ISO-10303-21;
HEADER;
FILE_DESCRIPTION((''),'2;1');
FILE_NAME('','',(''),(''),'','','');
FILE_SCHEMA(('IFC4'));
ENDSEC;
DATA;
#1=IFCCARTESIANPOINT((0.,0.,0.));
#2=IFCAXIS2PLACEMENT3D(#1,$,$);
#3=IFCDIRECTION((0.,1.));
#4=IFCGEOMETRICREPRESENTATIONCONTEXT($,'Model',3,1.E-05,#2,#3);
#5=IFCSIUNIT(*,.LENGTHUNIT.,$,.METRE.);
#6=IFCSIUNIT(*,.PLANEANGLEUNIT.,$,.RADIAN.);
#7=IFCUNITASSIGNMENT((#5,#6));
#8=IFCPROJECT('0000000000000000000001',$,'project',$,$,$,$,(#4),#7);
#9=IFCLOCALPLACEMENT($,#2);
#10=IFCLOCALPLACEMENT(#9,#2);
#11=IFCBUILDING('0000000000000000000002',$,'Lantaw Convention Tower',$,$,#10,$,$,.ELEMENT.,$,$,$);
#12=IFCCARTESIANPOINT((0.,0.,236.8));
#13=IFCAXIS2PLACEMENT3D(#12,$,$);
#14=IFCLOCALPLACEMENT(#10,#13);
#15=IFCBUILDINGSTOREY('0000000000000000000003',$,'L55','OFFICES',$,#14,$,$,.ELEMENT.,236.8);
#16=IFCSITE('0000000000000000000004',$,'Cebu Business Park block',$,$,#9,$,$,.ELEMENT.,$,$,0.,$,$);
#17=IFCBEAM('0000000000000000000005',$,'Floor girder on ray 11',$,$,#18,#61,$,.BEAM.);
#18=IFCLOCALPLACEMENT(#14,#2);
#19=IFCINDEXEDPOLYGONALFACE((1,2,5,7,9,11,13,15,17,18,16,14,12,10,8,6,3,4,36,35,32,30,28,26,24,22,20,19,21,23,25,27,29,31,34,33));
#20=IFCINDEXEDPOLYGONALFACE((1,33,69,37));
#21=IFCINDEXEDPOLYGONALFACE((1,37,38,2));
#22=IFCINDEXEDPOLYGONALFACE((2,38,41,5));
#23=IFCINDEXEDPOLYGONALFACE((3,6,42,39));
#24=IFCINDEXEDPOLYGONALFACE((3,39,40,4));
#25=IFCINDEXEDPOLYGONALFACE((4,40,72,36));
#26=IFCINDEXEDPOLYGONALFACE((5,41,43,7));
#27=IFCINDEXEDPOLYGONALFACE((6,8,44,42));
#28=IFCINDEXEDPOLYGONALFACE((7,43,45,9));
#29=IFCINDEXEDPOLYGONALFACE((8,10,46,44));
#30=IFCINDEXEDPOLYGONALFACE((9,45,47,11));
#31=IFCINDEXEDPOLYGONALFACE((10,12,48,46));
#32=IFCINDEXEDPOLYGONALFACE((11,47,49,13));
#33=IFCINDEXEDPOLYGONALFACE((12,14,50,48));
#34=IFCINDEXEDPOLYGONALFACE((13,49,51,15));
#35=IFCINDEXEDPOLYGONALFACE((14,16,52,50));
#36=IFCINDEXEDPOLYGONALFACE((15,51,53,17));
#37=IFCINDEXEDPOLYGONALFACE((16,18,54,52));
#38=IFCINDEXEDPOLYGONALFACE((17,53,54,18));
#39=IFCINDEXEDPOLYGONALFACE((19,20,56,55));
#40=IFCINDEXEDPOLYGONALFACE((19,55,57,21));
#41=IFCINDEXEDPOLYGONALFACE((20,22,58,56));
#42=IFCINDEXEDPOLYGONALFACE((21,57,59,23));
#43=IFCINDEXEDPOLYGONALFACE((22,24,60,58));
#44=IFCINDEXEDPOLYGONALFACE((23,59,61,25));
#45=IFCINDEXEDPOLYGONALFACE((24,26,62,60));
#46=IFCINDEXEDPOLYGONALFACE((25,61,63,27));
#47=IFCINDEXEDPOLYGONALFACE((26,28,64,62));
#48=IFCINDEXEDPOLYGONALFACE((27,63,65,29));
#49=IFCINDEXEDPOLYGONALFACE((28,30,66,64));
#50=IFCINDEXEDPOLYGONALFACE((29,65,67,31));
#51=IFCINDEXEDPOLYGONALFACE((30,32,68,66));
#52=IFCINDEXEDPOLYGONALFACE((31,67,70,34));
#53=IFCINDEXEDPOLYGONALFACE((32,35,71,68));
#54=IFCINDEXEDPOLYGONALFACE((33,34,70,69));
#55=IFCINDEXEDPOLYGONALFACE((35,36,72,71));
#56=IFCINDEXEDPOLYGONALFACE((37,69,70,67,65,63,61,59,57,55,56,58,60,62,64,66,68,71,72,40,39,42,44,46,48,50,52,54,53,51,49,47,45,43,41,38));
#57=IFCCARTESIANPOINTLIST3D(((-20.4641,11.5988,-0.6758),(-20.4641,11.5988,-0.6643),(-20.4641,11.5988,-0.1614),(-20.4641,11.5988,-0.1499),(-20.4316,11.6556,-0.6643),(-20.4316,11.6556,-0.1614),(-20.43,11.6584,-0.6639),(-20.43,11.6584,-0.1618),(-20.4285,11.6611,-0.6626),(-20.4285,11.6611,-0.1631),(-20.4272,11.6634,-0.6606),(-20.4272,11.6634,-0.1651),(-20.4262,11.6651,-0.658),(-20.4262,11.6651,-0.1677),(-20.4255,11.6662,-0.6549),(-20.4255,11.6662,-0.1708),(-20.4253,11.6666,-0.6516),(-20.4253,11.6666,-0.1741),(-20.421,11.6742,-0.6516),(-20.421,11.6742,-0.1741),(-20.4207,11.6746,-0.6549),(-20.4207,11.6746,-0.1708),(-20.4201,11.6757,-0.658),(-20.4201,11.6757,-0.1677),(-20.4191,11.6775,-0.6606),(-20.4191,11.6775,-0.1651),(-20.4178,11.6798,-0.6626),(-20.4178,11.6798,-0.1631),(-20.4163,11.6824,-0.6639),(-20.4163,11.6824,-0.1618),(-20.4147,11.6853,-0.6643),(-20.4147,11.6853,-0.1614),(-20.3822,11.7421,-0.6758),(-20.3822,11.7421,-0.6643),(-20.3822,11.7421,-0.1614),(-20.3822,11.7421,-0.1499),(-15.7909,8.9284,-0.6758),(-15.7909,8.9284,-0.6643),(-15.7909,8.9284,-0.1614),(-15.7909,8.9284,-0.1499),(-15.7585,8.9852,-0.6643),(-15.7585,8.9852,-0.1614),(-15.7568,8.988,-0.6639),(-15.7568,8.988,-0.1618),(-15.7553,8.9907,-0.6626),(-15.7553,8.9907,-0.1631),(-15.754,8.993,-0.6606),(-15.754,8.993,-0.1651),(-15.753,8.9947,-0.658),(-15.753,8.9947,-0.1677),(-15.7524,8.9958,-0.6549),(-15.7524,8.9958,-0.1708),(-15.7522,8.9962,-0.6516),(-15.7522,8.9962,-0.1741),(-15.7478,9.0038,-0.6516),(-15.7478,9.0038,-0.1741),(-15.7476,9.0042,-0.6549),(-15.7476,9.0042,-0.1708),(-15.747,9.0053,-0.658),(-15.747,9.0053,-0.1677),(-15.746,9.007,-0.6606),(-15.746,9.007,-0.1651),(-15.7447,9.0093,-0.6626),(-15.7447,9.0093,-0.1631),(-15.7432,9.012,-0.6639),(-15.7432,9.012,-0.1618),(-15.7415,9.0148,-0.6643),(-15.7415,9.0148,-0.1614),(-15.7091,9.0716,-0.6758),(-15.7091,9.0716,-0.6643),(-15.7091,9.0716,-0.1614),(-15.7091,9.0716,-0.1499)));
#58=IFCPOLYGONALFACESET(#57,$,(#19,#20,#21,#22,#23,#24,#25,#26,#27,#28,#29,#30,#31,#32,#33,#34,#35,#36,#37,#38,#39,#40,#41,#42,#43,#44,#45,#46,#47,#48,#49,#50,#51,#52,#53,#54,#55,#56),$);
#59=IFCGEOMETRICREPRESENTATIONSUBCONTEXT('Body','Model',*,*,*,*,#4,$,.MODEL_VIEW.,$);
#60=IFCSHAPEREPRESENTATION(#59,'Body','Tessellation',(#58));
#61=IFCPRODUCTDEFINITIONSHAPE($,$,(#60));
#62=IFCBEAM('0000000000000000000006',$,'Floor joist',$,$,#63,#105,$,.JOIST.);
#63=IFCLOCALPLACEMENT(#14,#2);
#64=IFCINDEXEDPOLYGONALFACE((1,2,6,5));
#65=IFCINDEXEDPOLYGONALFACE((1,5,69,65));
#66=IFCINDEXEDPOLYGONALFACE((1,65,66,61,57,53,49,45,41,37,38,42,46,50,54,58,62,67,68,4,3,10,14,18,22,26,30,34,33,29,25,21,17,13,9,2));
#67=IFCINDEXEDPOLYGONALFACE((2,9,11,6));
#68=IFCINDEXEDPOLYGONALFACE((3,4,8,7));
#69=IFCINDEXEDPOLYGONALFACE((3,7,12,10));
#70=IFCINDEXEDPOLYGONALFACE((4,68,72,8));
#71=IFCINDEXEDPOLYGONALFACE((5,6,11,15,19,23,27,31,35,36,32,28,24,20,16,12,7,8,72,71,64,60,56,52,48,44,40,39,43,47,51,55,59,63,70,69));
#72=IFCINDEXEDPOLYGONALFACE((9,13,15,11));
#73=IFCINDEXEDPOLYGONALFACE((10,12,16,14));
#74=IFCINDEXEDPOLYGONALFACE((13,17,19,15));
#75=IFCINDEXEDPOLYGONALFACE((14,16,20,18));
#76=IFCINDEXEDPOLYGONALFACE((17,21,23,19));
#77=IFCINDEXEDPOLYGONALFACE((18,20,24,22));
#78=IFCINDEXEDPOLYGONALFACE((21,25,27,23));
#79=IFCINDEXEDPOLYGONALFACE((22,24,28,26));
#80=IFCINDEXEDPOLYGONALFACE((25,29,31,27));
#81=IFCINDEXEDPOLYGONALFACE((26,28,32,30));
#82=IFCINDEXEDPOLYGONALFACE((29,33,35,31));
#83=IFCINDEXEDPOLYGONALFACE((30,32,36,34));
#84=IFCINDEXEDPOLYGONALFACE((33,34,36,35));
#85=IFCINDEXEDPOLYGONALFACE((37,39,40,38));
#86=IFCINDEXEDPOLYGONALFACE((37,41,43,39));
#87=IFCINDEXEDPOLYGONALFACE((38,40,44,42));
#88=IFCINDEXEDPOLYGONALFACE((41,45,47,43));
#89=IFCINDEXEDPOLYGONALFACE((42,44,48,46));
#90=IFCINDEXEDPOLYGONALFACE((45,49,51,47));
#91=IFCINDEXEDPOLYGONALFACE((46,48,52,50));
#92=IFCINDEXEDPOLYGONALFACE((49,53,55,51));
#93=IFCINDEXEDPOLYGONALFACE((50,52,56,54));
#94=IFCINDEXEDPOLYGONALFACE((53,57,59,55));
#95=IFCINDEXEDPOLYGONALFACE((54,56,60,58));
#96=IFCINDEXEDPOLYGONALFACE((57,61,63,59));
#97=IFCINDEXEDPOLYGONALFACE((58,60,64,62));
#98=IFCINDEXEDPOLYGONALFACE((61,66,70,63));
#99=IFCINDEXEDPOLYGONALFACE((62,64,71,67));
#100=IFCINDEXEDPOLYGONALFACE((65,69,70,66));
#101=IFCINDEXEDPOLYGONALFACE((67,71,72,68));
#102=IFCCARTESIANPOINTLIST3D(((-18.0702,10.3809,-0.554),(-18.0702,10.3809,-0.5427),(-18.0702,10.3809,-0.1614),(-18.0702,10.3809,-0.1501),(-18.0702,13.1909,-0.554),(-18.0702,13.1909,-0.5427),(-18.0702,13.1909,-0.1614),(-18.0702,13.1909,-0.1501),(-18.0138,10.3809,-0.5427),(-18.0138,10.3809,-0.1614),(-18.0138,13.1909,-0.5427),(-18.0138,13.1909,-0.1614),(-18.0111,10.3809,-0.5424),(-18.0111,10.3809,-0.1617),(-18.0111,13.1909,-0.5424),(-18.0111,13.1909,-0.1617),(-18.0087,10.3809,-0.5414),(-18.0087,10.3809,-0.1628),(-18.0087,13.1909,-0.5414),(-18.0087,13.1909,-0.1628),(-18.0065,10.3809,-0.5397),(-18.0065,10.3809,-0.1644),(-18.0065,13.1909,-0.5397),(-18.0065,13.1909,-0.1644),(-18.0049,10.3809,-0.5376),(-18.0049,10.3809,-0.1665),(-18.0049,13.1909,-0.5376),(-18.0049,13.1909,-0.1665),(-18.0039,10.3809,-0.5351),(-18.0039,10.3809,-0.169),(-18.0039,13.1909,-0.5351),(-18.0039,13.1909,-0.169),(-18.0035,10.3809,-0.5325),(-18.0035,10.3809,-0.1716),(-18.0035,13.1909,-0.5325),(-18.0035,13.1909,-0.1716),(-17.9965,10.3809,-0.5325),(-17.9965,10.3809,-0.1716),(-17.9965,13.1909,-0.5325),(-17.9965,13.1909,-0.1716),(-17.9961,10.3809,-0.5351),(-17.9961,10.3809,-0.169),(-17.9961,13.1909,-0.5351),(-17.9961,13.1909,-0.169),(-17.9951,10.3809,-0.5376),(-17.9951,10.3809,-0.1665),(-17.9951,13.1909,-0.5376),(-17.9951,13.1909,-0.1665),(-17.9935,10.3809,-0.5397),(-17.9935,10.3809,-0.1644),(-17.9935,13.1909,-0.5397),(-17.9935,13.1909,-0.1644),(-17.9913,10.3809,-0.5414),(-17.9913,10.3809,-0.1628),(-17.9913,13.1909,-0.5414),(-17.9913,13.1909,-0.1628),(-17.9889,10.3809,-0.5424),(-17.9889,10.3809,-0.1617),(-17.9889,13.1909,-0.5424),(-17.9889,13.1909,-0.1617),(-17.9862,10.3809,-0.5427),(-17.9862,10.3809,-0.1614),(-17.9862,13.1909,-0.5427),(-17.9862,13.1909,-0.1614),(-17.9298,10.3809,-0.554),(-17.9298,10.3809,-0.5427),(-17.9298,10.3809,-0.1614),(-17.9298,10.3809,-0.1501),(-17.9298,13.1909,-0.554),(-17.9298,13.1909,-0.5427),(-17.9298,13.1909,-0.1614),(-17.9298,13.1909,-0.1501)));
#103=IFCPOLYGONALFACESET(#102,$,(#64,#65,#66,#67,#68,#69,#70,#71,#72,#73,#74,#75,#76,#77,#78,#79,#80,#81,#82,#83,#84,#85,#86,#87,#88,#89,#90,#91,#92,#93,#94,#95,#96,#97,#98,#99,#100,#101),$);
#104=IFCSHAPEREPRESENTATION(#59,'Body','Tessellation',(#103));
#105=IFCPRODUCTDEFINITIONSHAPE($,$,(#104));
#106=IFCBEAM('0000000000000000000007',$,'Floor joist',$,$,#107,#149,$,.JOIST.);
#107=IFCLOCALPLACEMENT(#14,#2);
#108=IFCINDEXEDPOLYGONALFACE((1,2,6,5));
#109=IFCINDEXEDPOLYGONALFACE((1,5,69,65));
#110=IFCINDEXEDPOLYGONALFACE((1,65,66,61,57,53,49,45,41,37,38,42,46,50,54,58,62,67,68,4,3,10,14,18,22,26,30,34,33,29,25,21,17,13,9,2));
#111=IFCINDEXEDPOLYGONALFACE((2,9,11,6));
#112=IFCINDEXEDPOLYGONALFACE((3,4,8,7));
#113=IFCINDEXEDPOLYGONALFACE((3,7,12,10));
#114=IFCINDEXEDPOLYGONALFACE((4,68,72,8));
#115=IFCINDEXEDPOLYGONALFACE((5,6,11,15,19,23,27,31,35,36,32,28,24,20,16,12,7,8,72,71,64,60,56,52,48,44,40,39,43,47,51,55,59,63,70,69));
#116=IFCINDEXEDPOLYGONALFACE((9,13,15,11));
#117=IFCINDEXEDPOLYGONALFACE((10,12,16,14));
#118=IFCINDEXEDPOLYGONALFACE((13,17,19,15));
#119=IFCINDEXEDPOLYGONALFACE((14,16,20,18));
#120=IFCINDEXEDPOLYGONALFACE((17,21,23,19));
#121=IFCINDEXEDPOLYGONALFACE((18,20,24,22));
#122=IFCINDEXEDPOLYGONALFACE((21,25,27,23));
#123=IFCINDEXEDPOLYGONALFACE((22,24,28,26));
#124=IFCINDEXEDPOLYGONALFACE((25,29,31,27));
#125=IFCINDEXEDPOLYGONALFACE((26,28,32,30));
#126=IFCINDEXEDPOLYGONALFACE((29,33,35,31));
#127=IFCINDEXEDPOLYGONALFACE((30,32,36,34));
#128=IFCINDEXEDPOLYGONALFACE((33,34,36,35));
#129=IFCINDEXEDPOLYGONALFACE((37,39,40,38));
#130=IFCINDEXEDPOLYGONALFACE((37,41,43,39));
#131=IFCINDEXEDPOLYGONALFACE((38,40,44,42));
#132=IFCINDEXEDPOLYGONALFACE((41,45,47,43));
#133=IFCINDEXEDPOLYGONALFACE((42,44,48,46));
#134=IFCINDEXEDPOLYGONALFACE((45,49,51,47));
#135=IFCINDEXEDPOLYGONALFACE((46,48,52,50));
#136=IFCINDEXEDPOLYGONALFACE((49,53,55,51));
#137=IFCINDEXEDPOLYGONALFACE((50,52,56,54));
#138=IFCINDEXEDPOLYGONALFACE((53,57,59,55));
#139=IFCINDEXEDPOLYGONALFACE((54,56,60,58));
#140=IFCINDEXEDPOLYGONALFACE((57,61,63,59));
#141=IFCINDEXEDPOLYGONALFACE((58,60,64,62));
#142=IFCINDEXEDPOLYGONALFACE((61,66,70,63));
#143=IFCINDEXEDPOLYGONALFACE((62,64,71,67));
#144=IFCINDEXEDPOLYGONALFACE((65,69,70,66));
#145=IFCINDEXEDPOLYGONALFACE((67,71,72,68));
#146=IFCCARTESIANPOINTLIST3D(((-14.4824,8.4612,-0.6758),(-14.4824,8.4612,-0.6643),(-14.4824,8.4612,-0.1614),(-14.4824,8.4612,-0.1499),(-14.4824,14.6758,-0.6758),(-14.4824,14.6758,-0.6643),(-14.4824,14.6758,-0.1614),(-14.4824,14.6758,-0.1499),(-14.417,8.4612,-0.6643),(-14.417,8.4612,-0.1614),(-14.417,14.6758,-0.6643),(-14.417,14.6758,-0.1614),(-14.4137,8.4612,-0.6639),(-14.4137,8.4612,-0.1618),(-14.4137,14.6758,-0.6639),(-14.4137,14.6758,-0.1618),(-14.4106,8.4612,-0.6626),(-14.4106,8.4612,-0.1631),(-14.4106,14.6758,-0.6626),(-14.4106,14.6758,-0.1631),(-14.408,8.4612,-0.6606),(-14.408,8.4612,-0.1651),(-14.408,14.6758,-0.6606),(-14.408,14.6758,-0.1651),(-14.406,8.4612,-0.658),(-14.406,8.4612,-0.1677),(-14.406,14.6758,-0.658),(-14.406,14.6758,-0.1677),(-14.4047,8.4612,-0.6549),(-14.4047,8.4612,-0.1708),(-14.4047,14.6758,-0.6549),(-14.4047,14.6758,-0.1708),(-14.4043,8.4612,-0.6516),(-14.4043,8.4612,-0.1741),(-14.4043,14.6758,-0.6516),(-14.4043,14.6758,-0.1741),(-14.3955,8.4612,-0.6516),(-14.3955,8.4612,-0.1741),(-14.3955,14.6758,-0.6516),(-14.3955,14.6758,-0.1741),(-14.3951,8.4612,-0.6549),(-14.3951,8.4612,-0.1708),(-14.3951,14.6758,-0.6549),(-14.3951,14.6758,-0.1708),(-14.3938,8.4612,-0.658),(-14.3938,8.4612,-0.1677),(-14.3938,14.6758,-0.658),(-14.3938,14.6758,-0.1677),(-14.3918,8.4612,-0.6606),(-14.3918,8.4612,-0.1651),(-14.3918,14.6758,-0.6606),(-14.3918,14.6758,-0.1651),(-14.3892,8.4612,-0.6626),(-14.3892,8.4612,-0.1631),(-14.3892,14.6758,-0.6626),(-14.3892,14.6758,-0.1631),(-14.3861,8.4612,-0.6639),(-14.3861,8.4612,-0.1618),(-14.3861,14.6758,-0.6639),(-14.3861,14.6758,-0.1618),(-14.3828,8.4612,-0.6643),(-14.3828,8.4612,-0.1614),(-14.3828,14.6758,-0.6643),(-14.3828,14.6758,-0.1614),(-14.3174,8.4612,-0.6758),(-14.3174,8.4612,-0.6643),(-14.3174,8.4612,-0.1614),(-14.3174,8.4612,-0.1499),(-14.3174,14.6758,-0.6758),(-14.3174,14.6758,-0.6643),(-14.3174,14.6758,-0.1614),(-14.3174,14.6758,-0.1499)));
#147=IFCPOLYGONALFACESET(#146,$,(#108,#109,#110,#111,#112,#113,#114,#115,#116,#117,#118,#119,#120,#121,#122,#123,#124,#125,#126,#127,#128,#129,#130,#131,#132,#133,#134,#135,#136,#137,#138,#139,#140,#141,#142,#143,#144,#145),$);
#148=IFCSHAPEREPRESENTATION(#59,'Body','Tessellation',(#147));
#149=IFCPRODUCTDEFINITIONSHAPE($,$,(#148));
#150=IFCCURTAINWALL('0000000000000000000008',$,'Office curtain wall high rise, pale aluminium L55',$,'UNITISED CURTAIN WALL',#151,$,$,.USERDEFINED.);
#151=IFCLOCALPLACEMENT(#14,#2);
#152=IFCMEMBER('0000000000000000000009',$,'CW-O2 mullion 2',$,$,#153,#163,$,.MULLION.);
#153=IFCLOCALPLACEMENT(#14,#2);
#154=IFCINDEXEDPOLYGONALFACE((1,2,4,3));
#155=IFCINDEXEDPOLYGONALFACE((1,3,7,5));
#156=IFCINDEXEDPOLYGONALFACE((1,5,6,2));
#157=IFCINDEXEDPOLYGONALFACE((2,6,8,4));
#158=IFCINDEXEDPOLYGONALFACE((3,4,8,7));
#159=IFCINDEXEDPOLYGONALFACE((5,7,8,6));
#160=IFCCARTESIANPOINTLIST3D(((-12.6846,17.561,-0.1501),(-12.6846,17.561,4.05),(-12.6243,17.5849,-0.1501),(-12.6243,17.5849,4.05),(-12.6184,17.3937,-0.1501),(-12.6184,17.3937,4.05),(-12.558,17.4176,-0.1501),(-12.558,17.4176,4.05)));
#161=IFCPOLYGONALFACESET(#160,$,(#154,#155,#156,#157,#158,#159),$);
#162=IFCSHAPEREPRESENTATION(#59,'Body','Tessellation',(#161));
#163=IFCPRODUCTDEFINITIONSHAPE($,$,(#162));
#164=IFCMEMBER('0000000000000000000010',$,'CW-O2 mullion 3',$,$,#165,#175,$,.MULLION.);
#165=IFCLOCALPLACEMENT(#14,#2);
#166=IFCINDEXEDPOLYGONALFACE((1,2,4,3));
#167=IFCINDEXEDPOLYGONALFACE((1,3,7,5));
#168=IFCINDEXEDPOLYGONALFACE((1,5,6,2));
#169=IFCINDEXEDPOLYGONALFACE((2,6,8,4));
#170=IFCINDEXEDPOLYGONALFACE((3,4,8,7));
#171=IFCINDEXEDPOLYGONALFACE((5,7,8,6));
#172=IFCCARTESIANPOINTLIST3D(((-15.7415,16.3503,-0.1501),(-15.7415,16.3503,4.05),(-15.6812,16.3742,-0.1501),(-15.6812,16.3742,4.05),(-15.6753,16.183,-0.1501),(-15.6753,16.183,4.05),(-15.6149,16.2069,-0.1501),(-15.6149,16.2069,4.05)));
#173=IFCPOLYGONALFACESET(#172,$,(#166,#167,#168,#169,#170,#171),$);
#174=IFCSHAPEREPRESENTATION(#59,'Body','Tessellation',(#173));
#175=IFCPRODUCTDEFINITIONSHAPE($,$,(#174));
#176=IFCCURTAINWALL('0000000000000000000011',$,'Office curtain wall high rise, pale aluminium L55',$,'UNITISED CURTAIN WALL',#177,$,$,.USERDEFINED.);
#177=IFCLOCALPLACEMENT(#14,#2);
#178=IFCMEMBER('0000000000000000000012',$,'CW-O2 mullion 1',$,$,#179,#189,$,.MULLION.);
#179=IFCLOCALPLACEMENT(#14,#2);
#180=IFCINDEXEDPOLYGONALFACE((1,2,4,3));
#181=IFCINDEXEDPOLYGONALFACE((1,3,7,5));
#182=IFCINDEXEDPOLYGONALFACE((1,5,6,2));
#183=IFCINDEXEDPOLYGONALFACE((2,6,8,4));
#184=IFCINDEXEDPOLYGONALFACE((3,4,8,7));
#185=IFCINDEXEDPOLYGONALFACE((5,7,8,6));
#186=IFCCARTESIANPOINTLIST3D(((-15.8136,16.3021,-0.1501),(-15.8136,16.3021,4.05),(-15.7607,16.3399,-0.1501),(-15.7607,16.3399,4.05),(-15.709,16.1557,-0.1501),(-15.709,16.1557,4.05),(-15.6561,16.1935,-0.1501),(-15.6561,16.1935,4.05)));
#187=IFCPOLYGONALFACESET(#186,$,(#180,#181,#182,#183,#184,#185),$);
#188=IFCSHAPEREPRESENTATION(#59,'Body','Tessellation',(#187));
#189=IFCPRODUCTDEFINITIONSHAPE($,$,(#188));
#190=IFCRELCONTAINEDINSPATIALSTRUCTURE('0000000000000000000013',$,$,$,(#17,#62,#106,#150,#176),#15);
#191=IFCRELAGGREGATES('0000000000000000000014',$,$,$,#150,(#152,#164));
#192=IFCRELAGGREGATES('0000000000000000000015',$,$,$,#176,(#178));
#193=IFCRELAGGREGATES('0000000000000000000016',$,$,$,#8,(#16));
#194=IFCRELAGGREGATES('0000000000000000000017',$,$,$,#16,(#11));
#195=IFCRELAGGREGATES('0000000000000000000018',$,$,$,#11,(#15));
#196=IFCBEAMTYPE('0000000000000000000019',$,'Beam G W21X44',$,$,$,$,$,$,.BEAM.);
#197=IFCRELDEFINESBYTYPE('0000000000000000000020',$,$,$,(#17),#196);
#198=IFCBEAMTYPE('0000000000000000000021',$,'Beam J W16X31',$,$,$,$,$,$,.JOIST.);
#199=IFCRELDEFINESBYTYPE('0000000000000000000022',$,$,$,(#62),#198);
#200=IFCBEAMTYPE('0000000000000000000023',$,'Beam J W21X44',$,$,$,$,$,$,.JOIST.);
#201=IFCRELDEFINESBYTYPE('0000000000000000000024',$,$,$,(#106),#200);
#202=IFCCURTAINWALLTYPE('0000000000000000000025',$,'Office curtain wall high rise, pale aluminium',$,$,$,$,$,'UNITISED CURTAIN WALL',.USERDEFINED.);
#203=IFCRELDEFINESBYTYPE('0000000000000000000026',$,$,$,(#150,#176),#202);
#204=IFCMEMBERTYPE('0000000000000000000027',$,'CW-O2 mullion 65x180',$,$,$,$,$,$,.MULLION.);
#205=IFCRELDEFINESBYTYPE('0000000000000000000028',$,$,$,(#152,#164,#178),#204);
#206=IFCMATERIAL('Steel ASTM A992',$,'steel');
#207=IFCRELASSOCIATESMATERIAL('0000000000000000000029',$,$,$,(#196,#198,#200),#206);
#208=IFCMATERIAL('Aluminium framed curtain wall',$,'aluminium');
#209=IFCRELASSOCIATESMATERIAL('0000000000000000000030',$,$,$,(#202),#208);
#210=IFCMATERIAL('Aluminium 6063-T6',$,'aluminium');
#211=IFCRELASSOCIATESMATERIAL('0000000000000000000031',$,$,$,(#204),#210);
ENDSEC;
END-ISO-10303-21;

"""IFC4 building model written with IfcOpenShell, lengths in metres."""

from ifc_helpers import new_model, si_unit, direction, frame, origin, origin_2d, place, context, subcontext, project, spatial, rectangle, i_section, extrude, material, material_profile, profile_set, type_object, element, aggregate, save


model = new_model("IFC4")

# Units and contexts
model_context = context("Model", 3, precision=1e-05, world=origin(), true_north=direction((0.0, 1.0)))
body_context = subcontext(model_context, "Body", "Model", "MODEL_VIEW")
ifc_project = project(units=[si_unit("LENGTHUNIT", "METRE"), si_unit("PLANEANGLEUNIT", "RADIAN")], contexts=[model_context])

# Site, building, storey
site_placement = place(None, origin())
site = spatial("IfcSite", under=ifc_project, at=site_placement, Name="Cebu Business Park block", CompositionType="ELEMENT", RefElevation=0.0)
building_placement = place(site_placement, origin())
building = spatial("IfcBuilding", under=site, at=building_placement, Name="Lantaw Convention Tower", CompositionType="ELEMENT")
storey_placement = place(building_placement, frame((0.0, 0.0, 236.8)))
storey = spatial("IfcBuildingStorey", under=building, at=storey_placement, Name="L55", Description="OFFICES", CompositionType="ELEMENT", Elevation=236.8)

# Beams
ifc_material_1 = material(Name="Steel ASTM A992", Category="steel")
ifc_material_profile_1 = material_profile(ifc_material_1, i_section(OverallWidth=0.165, OverallDepth=0.5259, WebThickness=0.0088, FlangeThickness=0.0115, FilletRadius=0.0127, at=origin_2d()), Name="W21X44")
ifc_profile_set_1 = profile_set([ifc_material_profile_1], Name="Steel ASTM A992")
beam_type_1 = type_object("IfcBeamType", Name="Beam G W21X44", PredefinedType="BEAM", material=ifc_profile_set_1)
beam_1_placement = place(storey_placement, frame((-15.75, 9.0, -0.4128), z_axis=(-0.868238, 0.496149, 0.0), x_axis=(-0.496149, -0.868238, 0.0)))
element("IfcBeam", 1, at=beam_1_placement, inside=storey, type_object=beam_type_1, Name="Floor girder on ray 11", PredefinedType="BEAM", context=body_context, shape_type="SweptSolid", body=[
    extrude(i_section(OverallWidth=0.165, OverallDepth=0.5259, WebThickness=0.0088, FlangeThickness=0.0115, FilletRadius=0.0127, at=origin_2d()), origin(), (0.0, 0.0, 1.0), 5.3823),
])
ifc_material_profile_2 = material_profile(ifc_material_1, i_section(OverallWidth=0.1404, OverallDepth=0.4038, WebThickness=0.0071, FlangeThickness=0.0112, FilletRadius=0.0103, at=origin_2d()), Name="W16X31")
ifc_profile_set_2 = profile_set([ifc_material_profile_2], Name="Steel ASTM A992")
beam_type_2 = type_object("IfcBeamType", Name="Beam J W16X31", PredefinedType="JOIST", material=ifc_profile_set_2)
beam_2_placement = place(storey_placement, frame((-18.0, 10.3809, -0.3521), z_axis=(0.0, 1.0, 0.0), x_axis=(-1.0, 0.0, 0.0)))
element("IfcBeam", 2, at=beam_2_placement, inside=storey, type_object=beam_type_2, Name="Floor joist", PredefinedType="JOIST", context=body_context, shape_type="SweptSolid", body=[
    extrude(i_section(OverallWidth=0.1404, OverallDepth=0.4038, WebThickness=0.0071, FlangeThickness=0.0112, FilletRadius=0.0103, at=origin_2d()), origin(), (0.0, 0.0, 1.0), 2.8101),
])
ifc_material_profile_3 = material_profile(ifc_material_1, i_section(OverallWidth=0.165, OverallDepth=0.5259, WebThickness=0.0088, FlangeThickness=0.0115, FilletRadius=0.0127, at=origin_2d()), Name="W21X44")
ifc_profile_set_3 = profile_set([ifc_material_profile_3], Name="Steel ASTM A992")
beam_type_3 = type_object("IfcBeamType", Name="Beam J W21X44", PredefinedType="JOIST", material=ifc_profile_set_3)
beam_3_placement = place(storey_placement, frame((-14.3999, 8.4612, -0.4128), z_axis=(0.0, 1.0, 0.0), x_axis=(-1.0, 0.0, 0.0)))
element("IfcBeam", 3, at=beam_3_placement, inside=storey, type_object=beam_type_3, Name="Floor joist", PredefinedType="JOIST", context=body_context, shape_type="SweptSolid", body=[
    extrude(i_section(OverallWidth=0.165, OverallDepth=0.5259, WebThickness=0.0088, FlangeThickness=0.0115, FilletRadius=0.0127, at=origin_2d()), origin(), (0.0, 0.0, 1.0), 6.2146),
])

# Curtain walls, members
ifc_material_2 = material(Name="Aluminium framed curtain wall", Category="aluminium")
curtain_wall_type = type_object("IfcCurtainWallType", Name="Office curtain wall high rise, pale aluminium", ElementType="UNITISED CURTAIN WALL", PredefinedType="USERDEFINED", material=ifc_material_2)
curtain_wall_1_placement = place(storey_placement, origin())
curtain_wall_1 = element("IfcCurtainWall", 4, at=curtain_wall_1_placement, inside=storey, type_object=curtain_wall_type, Name="Office curtain wall high rise, pale aluminium L55", ObjectType="UNITISED CURTAIN WALL", PredefinedType="USERDEFINED")
ifc_material_3 = material(Name="Aluminium 6063-T6", Category="aluminium")
ifc_material_profile_4 = material_profile(ifc_material_3, rectangle(XDim=0.1799, YDim=0.0649, at=origin_2d()), Name="CW-O2 mullion 65x180")
ifc_profile_set_4 = profile_set([ifc_material_profile_4], Name="Aluminium 6063-T6")
member_type_1 = type_object("IfcMemberType", Name="CW-O2 mullion 65x180", PredefinedType="MULLION", material=ifc_profile_set_4)
member_1_placement = place(storey_placement, frame((-12.6213, 17.4893, -0.1501), z_axis=(0.0, 0.0, 1.0), x_axis=(0.368162, -0.929762, 0.0)))
member_1 = element("IfcMember", 5, at=member_1_placement, type_object=member_type_1, Name="CW-O2 mullion 2", PredefinedType="MULLION", context=body_context, shape_type="SweptSolid", body=[
    extrude(rectangle(XDim=0.1799, YDim=0.0649, at=origin_2d()), origin(), (0.0, 0.0, 1.0), 4.2002),
])
member_2_placement = place(storey_placement, frame((-15.6782, 16.2786, -0.1501), z_axis=(0.0, 0.0, 1.0), x_axis=(0.368162, -0.929762, 0.0)))
member_2 = element("IfcMember", 6, at=member_2_placement, type_object=member_type_1, Name="CW-O2 mullion 3", PredefinedType="MULLION", context=body_context, shape_type="SweptSolid", body=[
    extrude(rectangle(XDim=0.1799, YDim=0.0649, at=origin_2d()), origin(), (0.0, 0.0, 1.0), 4.2002),
])
curtain_wall_2_placement = place(storey_placement, origin())
curtain_wall_2 = element("IfcCurtainWall", 7, at=curtain_wall_2_placement, inside=storey, type_object=curtain_wall_type, Name="Office curtain wall high rise, pale aluminium L55", ObjectType="UNITISED CURTAIN WALL", PredefinedType="USERDEFINED")
member_3_placement = place(storey_placement, frame((-15.7349, 16.2478, -0.1501), z_axis=(0.0, 0.0, 1.0), x_axis=(0.581323, -0.813673, 0.0)))
member_3 = element("IfcMember", 8, at=member_3_placement, type_object=member_type_1, Name="CW-O2 mullion 1", PredefinedType="MULLION", context=body_context, shape_type="SweptSolid", body=[
    extrude(rectangle(XDim=0.1799, YDim=0.0649, at=origin_2d()), origin(), (0.0, 0.0, 1.0), 4.2002),
])

aggregate(curtain_wall_1, [member_1, member_2])
aggregate(curtain_wall_2, [member_3])

save(model, "model.ifc")
